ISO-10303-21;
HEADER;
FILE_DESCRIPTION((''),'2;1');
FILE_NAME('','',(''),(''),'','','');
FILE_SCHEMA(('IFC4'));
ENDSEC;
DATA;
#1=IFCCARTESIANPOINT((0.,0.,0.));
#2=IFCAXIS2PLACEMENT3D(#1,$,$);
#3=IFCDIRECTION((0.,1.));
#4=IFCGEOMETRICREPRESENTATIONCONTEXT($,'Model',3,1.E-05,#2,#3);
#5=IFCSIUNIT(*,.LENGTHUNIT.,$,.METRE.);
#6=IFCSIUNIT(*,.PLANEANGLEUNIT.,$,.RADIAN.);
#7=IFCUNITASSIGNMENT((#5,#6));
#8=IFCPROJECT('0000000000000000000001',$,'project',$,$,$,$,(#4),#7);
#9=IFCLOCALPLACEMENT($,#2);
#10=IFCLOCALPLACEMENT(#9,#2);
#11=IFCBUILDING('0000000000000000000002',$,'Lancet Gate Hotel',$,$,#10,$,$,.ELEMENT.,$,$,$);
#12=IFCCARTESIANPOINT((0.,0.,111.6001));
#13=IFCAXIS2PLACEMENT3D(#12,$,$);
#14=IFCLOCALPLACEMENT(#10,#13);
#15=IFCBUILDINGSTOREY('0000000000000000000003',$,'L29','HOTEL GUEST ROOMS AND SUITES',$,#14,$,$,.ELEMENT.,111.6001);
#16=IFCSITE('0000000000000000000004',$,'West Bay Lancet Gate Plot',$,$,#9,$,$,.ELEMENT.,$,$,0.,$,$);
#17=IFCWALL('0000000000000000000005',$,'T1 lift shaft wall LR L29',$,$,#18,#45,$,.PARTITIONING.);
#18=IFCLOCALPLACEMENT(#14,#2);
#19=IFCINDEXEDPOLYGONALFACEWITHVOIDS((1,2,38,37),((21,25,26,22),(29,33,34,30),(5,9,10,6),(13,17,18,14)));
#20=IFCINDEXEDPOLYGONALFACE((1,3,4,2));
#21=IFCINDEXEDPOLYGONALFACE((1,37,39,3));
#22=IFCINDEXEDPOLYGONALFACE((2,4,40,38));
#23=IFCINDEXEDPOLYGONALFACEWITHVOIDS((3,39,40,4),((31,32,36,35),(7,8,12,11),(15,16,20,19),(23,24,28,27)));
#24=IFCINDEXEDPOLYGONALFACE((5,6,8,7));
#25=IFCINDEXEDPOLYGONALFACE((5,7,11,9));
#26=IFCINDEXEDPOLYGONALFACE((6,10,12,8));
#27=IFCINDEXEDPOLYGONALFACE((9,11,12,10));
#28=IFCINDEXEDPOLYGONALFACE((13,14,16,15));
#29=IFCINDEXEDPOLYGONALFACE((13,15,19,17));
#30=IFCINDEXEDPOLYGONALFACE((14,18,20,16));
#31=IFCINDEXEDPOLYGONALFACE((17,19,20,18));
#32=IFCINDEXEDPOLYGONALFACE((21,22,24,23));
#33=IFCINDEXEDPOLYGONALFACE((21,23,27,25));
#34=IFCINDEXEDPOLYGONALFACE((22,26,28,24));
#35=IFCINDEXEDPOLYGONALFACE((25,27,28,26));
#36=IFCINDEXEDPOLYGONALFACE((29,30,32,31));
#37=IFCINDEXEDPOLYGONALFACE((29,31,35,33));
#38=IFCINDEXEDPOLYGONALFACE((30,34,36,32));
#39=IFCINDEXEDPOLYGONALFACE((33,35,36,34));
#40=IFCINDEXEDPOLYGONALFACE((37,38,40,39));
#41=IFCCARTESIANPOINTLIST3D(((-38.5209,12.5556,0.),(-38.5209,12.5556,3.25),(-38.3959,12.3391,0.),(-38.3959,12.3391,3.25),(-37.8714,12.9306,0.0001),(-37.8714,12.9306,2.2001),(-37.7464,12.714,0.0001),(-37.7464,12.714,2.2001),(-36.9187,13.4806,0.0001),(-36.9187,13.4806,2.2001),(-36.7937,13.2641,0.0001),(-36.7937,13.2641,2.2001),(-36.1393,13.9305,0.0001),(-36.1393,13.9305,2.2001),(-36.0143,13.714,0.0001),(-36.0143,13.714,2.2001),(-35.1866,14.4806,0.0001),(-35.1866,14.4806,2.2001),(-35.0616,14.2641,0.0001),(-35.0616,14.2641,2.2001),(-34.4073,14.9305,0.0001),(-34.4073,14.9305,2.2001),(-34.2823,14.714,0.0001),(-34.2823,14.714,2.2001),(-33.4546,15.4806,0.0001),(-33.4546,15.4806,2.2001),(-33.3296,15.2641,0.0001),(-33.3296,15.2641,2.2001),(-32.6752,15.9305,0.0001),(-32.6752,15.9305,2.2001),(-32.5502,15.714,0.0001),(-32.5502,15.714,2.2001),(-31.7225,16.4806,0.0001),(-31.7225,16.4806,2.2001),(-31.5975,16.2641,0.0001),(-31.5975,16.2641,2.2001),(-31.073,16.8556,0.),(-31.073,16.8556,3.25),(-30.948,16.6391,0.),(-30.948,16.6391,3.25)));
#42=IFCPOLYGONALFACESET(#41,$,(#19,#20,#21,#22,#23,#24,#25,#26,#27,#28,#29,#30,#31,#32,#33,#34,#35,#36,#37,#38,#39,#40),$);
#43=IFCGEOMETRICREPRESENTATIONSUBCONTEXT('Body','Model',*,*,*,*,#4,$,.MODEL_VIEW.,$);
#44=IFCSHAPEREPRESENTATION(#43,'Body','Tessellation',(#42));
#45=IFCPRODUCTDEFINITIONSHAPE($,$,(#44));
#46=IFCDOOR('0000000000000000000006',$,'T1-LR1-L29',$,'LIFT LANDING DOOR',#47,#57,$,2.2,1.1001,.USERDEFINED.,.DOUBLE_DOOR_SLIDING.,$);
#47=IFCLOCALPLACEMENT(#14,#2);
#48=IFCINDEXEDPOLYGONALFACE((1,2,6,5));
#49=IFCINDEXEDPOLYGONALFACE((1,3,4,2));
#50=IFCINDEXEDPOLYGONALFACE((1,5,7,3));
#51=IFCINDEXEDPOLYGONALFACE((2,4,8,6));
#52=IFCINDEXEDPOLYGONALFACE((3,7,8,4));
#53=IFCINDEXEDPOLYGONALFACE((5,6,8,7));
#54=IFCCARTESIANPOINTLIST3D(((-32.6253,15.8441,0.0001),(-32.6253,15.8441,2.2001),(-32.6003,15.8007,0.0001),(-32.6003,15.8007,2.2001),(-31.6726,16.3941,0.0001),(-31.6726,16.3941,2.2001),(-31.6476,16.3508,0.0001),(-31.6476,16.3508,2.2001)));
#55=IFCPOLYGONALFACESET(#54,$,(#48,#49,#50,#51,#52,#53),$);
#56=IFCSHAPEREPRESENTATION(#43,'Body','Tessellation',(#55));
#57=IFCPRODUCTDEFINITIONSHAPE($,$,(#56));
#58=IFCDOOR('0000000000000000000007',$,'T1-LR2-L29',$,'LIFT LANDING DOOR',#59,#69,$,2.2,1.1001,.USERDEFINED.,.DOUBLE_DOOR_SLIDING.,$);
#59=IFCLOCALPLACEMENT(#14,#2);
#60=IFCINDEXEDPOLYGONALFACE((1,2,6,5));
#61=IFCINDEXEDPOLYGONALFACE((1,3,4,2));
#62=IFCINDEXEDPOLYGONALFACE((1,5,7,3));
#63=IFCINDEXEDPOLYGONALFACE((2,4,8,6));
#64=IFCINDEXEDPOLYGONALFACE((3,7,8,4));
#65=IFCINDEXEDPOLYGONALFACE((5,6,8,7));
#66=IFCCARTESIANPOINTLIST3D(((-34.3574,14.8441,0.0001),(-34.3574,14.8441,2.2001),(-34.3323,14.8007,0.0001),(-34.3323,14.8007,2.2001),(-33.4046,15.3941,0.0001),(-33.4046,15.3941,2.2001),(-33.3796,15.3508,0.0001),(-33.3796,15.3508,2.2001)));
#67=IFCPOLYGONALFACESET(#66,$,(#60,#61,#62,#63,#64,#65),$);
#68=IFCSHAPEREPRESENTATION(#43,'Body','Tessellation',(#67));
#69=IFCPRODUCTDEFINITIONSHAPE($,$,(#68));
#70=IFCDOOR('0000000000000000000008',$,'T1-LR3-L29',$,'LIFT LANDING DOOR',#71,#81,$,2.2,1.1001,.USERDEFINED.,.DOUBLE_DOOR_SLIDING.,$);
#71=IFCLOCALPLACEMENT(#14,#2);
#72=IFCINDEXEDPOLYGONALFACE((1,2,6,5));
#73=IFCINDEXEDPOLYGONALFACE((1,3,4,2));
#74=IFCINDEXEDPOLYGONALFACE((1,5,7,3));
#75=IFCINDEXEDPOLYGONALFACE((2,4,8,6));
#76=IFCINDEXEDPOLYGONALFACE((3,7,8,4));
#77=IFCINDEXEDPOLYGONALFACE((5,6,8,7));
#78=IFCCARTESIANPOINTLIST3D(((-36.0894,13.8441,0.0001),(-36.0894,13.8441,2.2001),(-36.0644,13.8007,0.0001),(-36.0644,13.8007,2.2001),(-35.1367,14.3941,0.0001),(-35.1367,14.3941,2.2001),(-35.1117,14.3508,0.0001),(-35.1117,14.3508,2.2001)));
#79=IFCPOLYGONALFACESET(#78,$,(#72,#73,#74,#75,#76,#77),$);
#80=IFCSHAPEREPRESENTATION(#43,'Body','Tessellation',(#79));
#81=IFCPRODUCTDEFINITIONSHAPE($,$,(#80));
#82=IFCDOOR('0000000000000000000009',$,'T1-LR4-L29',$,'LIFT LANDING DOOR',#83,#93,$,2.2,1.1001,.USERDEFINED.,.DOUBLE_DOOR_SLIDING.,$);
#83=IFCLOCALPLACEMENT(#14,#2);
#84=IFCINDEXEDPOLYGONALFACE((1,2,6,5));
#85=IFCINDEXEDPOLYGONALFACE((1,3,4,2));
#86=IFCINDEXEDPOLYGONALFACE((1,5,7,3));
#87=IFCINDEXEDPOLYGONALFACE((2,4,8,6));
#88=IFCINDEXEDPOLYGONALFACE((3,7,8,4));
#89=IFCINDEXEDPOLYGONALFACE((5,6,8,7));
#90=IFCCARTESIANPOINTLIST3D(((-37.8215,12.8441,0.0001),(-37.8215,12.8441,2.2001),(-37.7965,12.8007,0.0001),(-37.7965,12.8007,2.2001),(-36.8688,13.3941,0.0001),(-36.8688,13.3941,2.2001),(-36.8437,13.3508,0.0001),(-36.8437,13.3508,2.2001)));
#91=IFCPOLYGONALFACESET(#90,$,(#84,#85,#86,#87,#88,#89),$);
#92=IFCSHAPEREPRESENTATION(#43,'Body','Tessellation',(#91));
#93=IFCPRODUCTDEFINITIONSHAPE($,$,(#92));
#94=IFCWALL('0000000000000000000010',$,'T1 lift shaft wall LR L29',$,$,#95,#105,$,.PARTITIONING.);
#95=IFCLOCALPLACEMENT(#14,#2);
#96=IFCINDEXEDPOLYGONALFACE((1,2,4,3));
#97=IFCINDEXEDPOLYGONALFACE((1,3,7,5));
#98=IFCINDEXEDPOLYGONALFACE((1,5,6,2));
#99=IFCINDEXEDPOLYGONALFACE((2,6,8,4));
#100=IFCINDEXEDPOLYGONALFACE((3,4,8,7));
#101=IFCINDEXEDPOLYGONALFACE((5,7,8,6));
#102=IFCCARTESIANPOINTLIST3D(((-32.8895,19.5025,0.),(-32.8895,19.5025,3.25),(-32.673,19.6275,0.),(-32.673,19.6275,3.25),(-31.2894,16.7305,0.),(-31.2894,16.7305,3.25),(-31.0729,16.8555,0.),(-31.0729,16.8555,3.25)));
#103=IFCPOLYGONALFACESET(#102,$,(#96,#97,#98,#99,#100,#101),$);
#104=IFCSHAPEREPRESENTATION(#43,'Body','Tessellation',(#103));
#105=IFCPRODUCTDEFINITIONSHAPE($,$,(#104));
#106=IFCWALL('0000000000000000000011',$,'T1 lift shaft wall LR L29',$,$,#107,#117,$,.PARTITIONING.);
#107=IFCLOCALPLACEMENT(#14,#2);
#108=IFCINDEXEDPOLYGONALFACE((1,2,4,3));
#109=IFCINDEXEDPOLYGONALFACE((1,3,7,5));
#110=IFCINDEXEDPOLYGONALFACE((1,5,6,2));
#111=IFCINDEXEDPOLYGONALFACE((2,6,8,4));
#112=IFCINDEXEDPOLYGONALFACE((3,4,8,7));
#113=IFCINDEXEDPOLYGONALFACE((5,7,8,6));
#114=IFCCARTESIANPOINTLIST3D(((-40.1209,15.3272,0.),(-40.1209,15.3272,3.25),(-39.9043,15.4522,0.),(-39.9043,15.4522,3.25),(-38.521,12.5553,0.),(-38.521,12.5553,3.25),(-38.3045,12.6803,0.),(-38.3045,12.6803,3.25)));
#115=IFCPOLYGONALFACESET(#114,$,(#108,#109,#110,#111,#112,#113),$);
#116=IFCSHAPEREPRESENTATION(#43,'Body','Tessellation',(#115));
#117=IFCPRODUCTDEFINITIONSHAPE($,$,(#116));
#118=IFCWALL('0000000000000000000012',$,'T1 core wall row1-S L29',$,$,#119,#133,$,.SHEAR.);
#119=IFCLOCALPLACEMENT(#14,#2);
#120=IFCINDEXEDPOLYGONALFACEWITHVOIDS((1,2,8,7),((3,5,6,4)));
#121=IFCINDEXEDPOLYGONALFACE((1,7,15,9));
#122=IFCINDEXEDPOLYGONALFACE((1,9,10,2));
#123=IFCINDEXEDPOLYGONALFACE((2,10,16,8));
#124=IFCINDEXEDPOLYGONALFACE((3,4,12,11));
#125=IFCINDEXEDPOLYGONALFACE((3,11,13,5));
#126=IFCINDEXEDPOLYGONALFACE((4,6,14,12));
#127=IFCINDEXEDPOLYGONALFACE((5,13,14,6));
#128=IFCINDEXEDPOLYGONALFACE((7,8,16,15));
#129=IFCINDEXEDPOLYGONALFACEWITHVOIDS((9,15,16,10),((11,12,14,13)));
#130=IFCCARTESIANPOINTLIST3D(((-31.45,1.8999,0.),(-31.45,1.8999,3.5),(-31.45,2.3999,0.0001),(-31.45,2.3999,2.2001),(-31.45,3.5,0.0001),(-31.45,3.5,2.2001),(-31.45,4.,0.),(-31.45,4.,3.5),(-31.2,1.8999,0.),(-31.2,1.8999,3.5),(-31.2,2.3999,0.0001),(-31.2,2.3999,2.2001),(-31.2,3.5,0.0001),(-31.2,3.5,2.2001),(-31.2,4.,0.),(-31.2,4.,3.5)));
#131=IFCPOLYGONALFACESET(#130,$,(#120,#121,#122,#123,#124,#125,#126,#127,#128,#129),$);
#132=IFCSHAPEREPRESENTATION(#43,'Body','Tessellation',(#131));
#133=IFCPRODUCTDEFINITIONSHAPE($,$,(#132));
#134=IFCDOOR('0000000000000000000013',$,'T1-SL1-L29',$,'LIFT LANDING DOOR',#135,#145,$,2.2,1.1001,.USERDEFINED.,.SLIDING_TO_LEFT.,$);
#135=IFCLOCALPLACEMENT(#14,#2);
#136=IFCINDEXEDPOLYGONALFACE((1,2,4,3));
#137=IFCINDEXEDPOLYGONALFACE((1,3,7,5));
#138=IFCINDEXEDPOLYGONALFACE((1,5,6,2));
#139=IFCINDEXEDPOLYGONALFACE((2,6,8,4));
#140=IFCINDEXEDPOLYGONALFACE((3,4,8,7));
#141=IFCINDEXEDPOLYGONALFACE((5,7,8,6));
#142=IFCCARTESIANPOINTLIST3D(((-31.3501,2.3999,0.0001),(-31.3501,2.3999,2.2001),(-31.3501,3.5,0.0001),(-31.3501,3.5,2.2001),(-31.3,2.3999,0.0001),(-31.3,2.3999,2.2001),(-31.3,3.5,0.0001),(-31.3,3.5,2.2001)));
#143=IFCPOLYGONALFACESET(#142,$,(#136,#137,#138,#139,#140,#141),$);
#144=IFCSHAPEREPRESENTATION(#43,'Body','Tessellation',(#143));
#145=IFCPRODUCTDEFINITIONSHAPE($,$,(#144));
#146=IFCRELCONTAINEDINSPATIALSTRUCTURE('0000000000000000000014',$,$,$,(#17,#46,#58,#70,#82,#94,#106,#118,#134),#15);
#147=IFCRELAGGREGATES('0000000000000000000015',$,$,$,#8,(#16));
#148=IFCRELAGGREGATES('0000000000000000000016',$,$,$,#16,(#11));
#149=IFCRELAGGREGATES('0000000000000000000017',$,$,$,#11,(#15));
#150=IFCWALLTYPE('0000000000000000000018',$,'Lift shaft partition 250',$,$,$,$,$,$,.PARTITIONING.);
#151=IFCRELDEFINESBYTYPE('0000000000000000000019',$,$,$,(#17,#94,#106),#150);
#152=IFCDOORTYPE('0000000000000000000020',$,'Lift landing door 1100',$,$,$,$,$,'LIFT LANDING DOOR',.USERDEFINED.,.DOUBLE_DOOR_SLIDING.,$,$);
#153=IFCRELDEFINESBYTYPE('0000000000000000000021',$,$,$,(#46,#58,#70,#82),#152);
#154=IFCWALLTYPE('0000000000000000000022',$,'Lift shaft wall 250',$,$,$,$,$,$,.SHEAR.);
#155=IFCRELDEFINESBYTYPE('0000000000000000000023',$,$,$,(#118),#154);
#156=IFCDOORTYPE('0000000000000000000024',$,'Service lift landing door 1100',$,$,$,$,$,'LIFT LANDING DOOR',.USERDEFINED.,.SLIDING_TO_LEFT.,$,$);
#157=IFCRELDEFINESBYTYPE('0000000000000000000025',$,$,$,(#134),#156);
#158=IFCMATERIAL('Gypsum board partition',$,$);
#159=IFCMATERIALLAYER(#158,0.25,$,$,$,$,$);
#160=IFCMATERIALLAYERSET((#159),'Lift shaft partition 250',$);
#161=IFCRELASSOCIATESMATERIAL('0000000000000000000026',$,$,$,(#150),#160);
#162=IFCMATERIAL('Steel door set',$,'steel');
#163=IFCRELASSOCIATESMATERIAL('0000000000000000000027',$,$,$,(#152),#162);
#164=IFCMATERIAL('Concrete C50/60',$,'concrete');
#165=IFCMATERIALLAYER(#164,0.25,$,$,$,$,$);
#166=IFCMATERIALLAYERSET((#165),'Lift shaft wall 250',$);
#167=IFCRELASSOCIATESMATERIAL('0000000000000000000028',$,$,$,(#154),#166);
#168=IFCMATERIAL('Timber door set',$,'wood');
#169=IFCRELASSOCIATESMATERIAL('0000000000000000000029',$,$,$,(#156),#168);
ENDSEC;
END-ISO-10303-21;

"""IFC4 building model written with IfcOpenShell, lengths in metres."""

from ifc_helpers import new_model, si_unit, direction, frame, frame_2d, origin, place, context, subcontext, project, spatial, rectangle, extrude, material, layer, layer_set, type_object, element, fill, save


model = new_model("IFC4")

# Units and contexts
model_context = context("Model", 3, precision=1e-05, world=origin(), true_north=direction((0.0, 1.0)))
body_context = subcontext(model_context, "Body", "Model", "MODEL_VIEW")
ifc_project = project(units=[si_unit("LENGTHUNIT", "METRE"), si_unit("PLANEANGLEUNIT", "RADIAN")], contexts=[model_context])

# Site, building, storey
site_placement = place(None, origin())
site = spatial("IfcSite", under=ifc_project, at=site_placement, Name="West Bay Lancet Gate Plot", CompositionType="ELEMENT", RefElevation=0.0)
building_placement = place(site_placement, origin())
building = spatial("IfcBuilding", under=site, at=building_placement, Name="Lancet Gate Hotel", CompositionType="ELEMENT")
storey_placement = place(building_placement, frame((0.0, 0.0, 111.6001)))
storey = spatial("IfcBuildingStorey", under=building, at=storey_placement, Name="L29", Description="HOTEL GUEST ROOMS AND SUITES", CompositionType="ELEMENT", Elevation=111.6001)

# Wall, openings, doors
ifc_material_1 = material(Name="Gypsum board partition")
ifc_layer_1 = layer(ifc_material_1, 0.25)
ifc_layer_set_1 = layer_set([ifc_layer_1], Name="Lift shaft partition 250")
wall_type_1 = type_object("IfcWallType", Name="Lift shaft partition 250", PredefinedType="PARTITIONING", material=ifc_layer_set_1)
wall_1_placement = place(storey_placement, frame((-31.0105, 16.7473, 0.0), z_axis=(0.0, 0.0, 1.0), x_axis=(-0.866028, -0.499995, 0.0)))
wall_1 = element("IfcWall", 1, at=wall_1_placement, inside=storey, type_object=wall_type_1, Name="T1 lift shaft wall LR L29", PredefinedType="PARTITIONING", context=body_context, shape_type="SweptSolid", body=[
    extrude(rectangle(XDim=8.6001, YDim=0.25, at=frame_2d((4.3, 0.0))), origin(), (0.0, 0.0, 1.0), 3.25),
])
opening_1_placement = place(wall_1_placement, frame((0.75, 0.0, 0.0)))
opening_1 = element("IfcOpeningElement", 2, at=opening_1_placement, cuts=wall_1, PredefinedType="OPENING", context=body_context, shape_type="SweptSolid", body=[
    extrude(rectangle(XDim=1.1001, YDim=2.2, at=frame_2d((0.55, 1.1001))), frame((0.0, 0.135, 0.0), z_axis=(0.0, -1.0, 0.0), x_axis=(1.0, 0.0, 0.0)), (0.0, 0.0, 1.0), 0.27),
])
opening_2_placement = place(wall_1_placement, frame((2.75, 0.0, 0.0)))
opening_2 = element("IfcOpeningElement", 3, at=opening_2_placement, cuts=wall_1, PredefinedType="OPENING", context=body_context, shape_type="SweptSolid", body=[
    extrude(rectangle(XDim=1.1001, YDim=2.2, at=frame_2d((0.55, 1.1001))), frame((0.0, 0.135, 0.0), z_axis=(0.0, -1.0, 0.0), x_axis=(1.0, 0.0, 0.0)), (0.0, 0.0, 1.0), 0.27),
])
opening_3_placement = place(wall_1_placement, frame((4.75, 0.0, 0.0)))
opening_3 = element("IfcOpeningElement", 4, at=opening_3_placement, cuts=wall_1, PredefinedType="OPENING", context=body_context, shape_type="SweptSolid", body=[
    extrude(rectangle(XDim=1.1001, YDim=2.2, at=frame_2d((0.55, 1.1001))), frame((0.0, 0.135, 0.0), z_axis=(0.0, -1.0, 0.0), x_axis=(1.0, 0.0, 0.0)), (0.0, 0.0, 1.0), 0.27),
])
opening_4_placement = place(wall_1_placement, frame((6.75, 0.0, 0.0)))
opening_4 = element("IfcOpeningElement", 5, at=opening_4_placement, cuts=wall_1, PredefinedType="OPENING", context=body_context, shape_type="SweptSolid", body=[
    extrude(rectangle(XDim=1.1001, YDim=2.2, at=frame_2d((0.55, 1.1001))), frame((0.0, 0.135, 0.0), z_axis=(0.0, -1.0, 0.0), x_axis=(1.0, 0.0, 0.0)), (0.0, 0.0, 1.0), 0.27),
])
ifc_material_2 = material(Name="Steel door set", Category="steel")
door_type_1 = type_object("IfcDoorType", Name="Lift landing door 1100", ElementType="LIFT LANDING DOOR", OperationType="DOUBLE_DOOR_SLIDING", PredefinedType="USERDEFINED", material=ifc_material_2)
door_1_placement = place(opening_1_placement, origin())
door_1 = element("IfcDoor", 6, at=door_1_placement, inside=storey, type_object=door_type_1, Name="T1-LR1-L29", ObjectType="LIFT LANDING DOOR", OperationType="DOUBLE_DOOR_SLIDING", OverallHeight=2.2, OverallWidth=1.1001, PredefinedType="USERDEFINED", context=body_context, shape_type="SweptSolid", body=[
    extrude(rectangle(XDim=1.1001, YDim=2.2, at=frame_2d((0.55, 1.1001))), frame((0.0, 0.0249, 0.0), z_axis=(0.0, -1.0, 0.0), x_axis=(1.0, 0.0, 0.0)), (0.0, 0.0, 1.0), 0.05),
])
fill(opening_1, door_1)
door_2_placement = place(opening_2_placement, origin())
door_2 = element("IfcDoor", 7, at=door_2_placement, inside=storey, type_object=door_type_1, Name="T1-LR2-L29", ObjectType="LIFT LANDING DOOR", OperationType="DOUBLE_DOOR_SLIDING", OverallHeight=2.2, OverallWidth=1.1001, PredefinedType="USERDEFINED", context=body_context, shape_type="SweptSolid", body=[
    extrude(rectangle(XDim=1.1001, YDim=2.2, at=frame_2d((0.55, 1.1001))), frame((0.0, 0.0249, 0.0), z_axis=(0.0, -1.0, 0.0), x_axis=(1.0, 0.0, 0.0)), (0.0, 0.0, 1.0), 0.05),
])
fill(opening_2, door_2)
door_3_placement = place(opening_3_placement, origin())
door_3 = element("IfcDoor", 8, at=door_3_placement, inside=storey, type_object=door_type_1, Name="T1-LR3-L29", ObjectType="LIFT LANDING DOOR", OperationType="DOUBLE_DOOR_SLIDING", OverallHeight=2.2, OverallWidth=1.1001, PredefinedType="USERDEFINED", context=body_context, shape_type="SweptSolid", body=[
    extrude(rectangle(XDim=1.1001, YDim=2.2, at=frame_2d((0.55, 1.1001))), frame((0.0, 0.0249, 0.0), z_axis=(0.0, -1.0, 0.0), x_axis=(1.0, 0.0, 0.0)), (0.0, 0.0, 1.0), 0.05),
])
fill(opening_3, door_3)
door_4_placement = place(opening_4_placement, origin())
door_4 = element("IfcDoor", 9, at=door_4_placement, inside=storey, type_object=door_type_1, Name="T1-LR4-L29", ObjectType="LIFT LANDING DOOR", OperationType="DOUBLE_DOOR_SLIDING", OverallHeight=2.2, OverallWidth=1.1001, PredefinedType="USERDEFINED", context=body_context, shape_type="SweptSolid", body=[
    extrude(rectangle(XDim=1.1001, YDim=2.2, at=frame_2d((0.55, 1.1001))), frame((0.0, 0.0249, 0.0), z_axis=(0.0, -1.0, 0.0), x_axis=(1.0, 0.0, 0.0)), (0.0, 0.0, 1.0), 0.05),
])
fill(opening_4, door_4)

# Walls
wall_2_placement = place(storey_placement, frame((-31.1812, 16.793, 0.0), z_axis=(0.0, 0.0, 1.0), x_axis=(-0.499929, 0.866066, 0.0)))
element("IfcWall", 10, at=wall_2_placement, inside=storey, type_object=wall_type_1, Name="T1 lift shaft wall LR L29", PredefinedType="PARTITIONING", context=body_context, shape_type="SweptSolid", body=[
    extrude(rectangle(XDim=3.2007, YDim=0.25, at=frame_2d((1.6003, 0.0))), origin(), (0.0, 0.0, 1.0), 3.25),
])
wall_3_placement = place(storey_placement, frame((-38.4128, 12.6179, 0.0), z_axis=(0.0, 0.0, 1.0), x_axis=(-0.499872, 0.866099, 0.0)))
element("IfcWall", 11, at=wall_3_placement, inside=storey, type_object=wall_type_1, Name="T1 lift shaft wall LR L29", PredefinedType="PARTITIONING", context=body_context, shape_type="SweptSolid", body=[
    extrude(rectangle(XDim=3.2004, YDim=0.25, at=frame_2d((1.6001, 0.0))), origin(), (0.0, 0.0, 1.0), 3.25),
])

# Wall, opening, door
ifc_material_3 = material(Name="Concrete C50/60", Category="concrete")
ifc_layer_2 = layer(ifc_material_3, 0.25)
ifc_layer_set_2 = layer_set([ifc_layer_2], Name="Lift shaft wall 250")
wall_type_2 = type_object("IfcWallType", Name="Lift shaft wall 250", PredefinedType="SHEAR", material=ifc_layer_set_2)
wall_4_placement = place(storey_placement, frame((-31.325, 4.0, 0.0), z_axis=(0.0, 0.0, 1.0), x_axis=(0.0, -1.0, 0.0)))
wall_4 = element("IfcWall", 12, at=wall_4_placement, inside=storey, type_object=wall_type_2, Name="T1 core wall row1-S L29", PredefinedType="SHEAR", context=body_context, shape_type="SweptSolid", body=[
    extrude(rectangle(XDim=2.1001, YDim=0.25, at=frame_2d((1.05, 0.0))), origin(), (0.0, 0.0, 1.0), 3.5),
])
opening_5_placement = place(wall_4_placement, frame((0.5, 0.0, 0.0)))
opening_5 = element("IfcOpeningElement", 13, at=opening_5_placement, cuts=wall_4, PredefinedType="OPENING", context=body_context, shape_type="SweptSolid", body=[
    extrude(rectangle(XDim=1.1001, YDim=2.2, at=frame_2d((0.55, 1.1001))), frame((0.0, 0.135, 0.0), z_axis=(0.0, -1.0, 0.0), x_axis=(1.0, 0.0, 0.0)), (0.0, 0.0, 1.0), 0.27),
])
ifc_material_4 = material(Name="Timber door set", Category="wood")
door_type_2 = type_object("IfcDoorType", Name="Service lift landing door 1100", ElementType="LIFT LANDING DOOR", OperationType="SLIDING_TO_LEFT", PredefinedType="USERDEFINED", material=ifc_material_4)
door_5_placement = place(opening_5_placement, origin())
door_5 = element("IfcDoor", 14, at=door_5_placement, inside=storey, type_object=door_type_2, Name="T1-SL1-L29", ObjectType="LIFT LANDING DOOR", OperationType="SLIDING_TO_LEFT", OverallHeight=2.2, OverallWidth=1.1001, PredefinedType="USERDEFINED", context=body_context, shape_type="SweptSolid", body=[
    extrude(rectangle(XDim=1.1001, YDim=2.2, at=frame_2d((0.55, 1.1001))), frame((0.0, 0.0249, 0.0), z_axis=(0.0, -1.0, 0.0), x_axis=(1.0, 0.0, 0.0)), (0.0, 0.0, 1.0), 0.05),
])
fill(opening_5, door_5)

save(model, "model.ifc")
